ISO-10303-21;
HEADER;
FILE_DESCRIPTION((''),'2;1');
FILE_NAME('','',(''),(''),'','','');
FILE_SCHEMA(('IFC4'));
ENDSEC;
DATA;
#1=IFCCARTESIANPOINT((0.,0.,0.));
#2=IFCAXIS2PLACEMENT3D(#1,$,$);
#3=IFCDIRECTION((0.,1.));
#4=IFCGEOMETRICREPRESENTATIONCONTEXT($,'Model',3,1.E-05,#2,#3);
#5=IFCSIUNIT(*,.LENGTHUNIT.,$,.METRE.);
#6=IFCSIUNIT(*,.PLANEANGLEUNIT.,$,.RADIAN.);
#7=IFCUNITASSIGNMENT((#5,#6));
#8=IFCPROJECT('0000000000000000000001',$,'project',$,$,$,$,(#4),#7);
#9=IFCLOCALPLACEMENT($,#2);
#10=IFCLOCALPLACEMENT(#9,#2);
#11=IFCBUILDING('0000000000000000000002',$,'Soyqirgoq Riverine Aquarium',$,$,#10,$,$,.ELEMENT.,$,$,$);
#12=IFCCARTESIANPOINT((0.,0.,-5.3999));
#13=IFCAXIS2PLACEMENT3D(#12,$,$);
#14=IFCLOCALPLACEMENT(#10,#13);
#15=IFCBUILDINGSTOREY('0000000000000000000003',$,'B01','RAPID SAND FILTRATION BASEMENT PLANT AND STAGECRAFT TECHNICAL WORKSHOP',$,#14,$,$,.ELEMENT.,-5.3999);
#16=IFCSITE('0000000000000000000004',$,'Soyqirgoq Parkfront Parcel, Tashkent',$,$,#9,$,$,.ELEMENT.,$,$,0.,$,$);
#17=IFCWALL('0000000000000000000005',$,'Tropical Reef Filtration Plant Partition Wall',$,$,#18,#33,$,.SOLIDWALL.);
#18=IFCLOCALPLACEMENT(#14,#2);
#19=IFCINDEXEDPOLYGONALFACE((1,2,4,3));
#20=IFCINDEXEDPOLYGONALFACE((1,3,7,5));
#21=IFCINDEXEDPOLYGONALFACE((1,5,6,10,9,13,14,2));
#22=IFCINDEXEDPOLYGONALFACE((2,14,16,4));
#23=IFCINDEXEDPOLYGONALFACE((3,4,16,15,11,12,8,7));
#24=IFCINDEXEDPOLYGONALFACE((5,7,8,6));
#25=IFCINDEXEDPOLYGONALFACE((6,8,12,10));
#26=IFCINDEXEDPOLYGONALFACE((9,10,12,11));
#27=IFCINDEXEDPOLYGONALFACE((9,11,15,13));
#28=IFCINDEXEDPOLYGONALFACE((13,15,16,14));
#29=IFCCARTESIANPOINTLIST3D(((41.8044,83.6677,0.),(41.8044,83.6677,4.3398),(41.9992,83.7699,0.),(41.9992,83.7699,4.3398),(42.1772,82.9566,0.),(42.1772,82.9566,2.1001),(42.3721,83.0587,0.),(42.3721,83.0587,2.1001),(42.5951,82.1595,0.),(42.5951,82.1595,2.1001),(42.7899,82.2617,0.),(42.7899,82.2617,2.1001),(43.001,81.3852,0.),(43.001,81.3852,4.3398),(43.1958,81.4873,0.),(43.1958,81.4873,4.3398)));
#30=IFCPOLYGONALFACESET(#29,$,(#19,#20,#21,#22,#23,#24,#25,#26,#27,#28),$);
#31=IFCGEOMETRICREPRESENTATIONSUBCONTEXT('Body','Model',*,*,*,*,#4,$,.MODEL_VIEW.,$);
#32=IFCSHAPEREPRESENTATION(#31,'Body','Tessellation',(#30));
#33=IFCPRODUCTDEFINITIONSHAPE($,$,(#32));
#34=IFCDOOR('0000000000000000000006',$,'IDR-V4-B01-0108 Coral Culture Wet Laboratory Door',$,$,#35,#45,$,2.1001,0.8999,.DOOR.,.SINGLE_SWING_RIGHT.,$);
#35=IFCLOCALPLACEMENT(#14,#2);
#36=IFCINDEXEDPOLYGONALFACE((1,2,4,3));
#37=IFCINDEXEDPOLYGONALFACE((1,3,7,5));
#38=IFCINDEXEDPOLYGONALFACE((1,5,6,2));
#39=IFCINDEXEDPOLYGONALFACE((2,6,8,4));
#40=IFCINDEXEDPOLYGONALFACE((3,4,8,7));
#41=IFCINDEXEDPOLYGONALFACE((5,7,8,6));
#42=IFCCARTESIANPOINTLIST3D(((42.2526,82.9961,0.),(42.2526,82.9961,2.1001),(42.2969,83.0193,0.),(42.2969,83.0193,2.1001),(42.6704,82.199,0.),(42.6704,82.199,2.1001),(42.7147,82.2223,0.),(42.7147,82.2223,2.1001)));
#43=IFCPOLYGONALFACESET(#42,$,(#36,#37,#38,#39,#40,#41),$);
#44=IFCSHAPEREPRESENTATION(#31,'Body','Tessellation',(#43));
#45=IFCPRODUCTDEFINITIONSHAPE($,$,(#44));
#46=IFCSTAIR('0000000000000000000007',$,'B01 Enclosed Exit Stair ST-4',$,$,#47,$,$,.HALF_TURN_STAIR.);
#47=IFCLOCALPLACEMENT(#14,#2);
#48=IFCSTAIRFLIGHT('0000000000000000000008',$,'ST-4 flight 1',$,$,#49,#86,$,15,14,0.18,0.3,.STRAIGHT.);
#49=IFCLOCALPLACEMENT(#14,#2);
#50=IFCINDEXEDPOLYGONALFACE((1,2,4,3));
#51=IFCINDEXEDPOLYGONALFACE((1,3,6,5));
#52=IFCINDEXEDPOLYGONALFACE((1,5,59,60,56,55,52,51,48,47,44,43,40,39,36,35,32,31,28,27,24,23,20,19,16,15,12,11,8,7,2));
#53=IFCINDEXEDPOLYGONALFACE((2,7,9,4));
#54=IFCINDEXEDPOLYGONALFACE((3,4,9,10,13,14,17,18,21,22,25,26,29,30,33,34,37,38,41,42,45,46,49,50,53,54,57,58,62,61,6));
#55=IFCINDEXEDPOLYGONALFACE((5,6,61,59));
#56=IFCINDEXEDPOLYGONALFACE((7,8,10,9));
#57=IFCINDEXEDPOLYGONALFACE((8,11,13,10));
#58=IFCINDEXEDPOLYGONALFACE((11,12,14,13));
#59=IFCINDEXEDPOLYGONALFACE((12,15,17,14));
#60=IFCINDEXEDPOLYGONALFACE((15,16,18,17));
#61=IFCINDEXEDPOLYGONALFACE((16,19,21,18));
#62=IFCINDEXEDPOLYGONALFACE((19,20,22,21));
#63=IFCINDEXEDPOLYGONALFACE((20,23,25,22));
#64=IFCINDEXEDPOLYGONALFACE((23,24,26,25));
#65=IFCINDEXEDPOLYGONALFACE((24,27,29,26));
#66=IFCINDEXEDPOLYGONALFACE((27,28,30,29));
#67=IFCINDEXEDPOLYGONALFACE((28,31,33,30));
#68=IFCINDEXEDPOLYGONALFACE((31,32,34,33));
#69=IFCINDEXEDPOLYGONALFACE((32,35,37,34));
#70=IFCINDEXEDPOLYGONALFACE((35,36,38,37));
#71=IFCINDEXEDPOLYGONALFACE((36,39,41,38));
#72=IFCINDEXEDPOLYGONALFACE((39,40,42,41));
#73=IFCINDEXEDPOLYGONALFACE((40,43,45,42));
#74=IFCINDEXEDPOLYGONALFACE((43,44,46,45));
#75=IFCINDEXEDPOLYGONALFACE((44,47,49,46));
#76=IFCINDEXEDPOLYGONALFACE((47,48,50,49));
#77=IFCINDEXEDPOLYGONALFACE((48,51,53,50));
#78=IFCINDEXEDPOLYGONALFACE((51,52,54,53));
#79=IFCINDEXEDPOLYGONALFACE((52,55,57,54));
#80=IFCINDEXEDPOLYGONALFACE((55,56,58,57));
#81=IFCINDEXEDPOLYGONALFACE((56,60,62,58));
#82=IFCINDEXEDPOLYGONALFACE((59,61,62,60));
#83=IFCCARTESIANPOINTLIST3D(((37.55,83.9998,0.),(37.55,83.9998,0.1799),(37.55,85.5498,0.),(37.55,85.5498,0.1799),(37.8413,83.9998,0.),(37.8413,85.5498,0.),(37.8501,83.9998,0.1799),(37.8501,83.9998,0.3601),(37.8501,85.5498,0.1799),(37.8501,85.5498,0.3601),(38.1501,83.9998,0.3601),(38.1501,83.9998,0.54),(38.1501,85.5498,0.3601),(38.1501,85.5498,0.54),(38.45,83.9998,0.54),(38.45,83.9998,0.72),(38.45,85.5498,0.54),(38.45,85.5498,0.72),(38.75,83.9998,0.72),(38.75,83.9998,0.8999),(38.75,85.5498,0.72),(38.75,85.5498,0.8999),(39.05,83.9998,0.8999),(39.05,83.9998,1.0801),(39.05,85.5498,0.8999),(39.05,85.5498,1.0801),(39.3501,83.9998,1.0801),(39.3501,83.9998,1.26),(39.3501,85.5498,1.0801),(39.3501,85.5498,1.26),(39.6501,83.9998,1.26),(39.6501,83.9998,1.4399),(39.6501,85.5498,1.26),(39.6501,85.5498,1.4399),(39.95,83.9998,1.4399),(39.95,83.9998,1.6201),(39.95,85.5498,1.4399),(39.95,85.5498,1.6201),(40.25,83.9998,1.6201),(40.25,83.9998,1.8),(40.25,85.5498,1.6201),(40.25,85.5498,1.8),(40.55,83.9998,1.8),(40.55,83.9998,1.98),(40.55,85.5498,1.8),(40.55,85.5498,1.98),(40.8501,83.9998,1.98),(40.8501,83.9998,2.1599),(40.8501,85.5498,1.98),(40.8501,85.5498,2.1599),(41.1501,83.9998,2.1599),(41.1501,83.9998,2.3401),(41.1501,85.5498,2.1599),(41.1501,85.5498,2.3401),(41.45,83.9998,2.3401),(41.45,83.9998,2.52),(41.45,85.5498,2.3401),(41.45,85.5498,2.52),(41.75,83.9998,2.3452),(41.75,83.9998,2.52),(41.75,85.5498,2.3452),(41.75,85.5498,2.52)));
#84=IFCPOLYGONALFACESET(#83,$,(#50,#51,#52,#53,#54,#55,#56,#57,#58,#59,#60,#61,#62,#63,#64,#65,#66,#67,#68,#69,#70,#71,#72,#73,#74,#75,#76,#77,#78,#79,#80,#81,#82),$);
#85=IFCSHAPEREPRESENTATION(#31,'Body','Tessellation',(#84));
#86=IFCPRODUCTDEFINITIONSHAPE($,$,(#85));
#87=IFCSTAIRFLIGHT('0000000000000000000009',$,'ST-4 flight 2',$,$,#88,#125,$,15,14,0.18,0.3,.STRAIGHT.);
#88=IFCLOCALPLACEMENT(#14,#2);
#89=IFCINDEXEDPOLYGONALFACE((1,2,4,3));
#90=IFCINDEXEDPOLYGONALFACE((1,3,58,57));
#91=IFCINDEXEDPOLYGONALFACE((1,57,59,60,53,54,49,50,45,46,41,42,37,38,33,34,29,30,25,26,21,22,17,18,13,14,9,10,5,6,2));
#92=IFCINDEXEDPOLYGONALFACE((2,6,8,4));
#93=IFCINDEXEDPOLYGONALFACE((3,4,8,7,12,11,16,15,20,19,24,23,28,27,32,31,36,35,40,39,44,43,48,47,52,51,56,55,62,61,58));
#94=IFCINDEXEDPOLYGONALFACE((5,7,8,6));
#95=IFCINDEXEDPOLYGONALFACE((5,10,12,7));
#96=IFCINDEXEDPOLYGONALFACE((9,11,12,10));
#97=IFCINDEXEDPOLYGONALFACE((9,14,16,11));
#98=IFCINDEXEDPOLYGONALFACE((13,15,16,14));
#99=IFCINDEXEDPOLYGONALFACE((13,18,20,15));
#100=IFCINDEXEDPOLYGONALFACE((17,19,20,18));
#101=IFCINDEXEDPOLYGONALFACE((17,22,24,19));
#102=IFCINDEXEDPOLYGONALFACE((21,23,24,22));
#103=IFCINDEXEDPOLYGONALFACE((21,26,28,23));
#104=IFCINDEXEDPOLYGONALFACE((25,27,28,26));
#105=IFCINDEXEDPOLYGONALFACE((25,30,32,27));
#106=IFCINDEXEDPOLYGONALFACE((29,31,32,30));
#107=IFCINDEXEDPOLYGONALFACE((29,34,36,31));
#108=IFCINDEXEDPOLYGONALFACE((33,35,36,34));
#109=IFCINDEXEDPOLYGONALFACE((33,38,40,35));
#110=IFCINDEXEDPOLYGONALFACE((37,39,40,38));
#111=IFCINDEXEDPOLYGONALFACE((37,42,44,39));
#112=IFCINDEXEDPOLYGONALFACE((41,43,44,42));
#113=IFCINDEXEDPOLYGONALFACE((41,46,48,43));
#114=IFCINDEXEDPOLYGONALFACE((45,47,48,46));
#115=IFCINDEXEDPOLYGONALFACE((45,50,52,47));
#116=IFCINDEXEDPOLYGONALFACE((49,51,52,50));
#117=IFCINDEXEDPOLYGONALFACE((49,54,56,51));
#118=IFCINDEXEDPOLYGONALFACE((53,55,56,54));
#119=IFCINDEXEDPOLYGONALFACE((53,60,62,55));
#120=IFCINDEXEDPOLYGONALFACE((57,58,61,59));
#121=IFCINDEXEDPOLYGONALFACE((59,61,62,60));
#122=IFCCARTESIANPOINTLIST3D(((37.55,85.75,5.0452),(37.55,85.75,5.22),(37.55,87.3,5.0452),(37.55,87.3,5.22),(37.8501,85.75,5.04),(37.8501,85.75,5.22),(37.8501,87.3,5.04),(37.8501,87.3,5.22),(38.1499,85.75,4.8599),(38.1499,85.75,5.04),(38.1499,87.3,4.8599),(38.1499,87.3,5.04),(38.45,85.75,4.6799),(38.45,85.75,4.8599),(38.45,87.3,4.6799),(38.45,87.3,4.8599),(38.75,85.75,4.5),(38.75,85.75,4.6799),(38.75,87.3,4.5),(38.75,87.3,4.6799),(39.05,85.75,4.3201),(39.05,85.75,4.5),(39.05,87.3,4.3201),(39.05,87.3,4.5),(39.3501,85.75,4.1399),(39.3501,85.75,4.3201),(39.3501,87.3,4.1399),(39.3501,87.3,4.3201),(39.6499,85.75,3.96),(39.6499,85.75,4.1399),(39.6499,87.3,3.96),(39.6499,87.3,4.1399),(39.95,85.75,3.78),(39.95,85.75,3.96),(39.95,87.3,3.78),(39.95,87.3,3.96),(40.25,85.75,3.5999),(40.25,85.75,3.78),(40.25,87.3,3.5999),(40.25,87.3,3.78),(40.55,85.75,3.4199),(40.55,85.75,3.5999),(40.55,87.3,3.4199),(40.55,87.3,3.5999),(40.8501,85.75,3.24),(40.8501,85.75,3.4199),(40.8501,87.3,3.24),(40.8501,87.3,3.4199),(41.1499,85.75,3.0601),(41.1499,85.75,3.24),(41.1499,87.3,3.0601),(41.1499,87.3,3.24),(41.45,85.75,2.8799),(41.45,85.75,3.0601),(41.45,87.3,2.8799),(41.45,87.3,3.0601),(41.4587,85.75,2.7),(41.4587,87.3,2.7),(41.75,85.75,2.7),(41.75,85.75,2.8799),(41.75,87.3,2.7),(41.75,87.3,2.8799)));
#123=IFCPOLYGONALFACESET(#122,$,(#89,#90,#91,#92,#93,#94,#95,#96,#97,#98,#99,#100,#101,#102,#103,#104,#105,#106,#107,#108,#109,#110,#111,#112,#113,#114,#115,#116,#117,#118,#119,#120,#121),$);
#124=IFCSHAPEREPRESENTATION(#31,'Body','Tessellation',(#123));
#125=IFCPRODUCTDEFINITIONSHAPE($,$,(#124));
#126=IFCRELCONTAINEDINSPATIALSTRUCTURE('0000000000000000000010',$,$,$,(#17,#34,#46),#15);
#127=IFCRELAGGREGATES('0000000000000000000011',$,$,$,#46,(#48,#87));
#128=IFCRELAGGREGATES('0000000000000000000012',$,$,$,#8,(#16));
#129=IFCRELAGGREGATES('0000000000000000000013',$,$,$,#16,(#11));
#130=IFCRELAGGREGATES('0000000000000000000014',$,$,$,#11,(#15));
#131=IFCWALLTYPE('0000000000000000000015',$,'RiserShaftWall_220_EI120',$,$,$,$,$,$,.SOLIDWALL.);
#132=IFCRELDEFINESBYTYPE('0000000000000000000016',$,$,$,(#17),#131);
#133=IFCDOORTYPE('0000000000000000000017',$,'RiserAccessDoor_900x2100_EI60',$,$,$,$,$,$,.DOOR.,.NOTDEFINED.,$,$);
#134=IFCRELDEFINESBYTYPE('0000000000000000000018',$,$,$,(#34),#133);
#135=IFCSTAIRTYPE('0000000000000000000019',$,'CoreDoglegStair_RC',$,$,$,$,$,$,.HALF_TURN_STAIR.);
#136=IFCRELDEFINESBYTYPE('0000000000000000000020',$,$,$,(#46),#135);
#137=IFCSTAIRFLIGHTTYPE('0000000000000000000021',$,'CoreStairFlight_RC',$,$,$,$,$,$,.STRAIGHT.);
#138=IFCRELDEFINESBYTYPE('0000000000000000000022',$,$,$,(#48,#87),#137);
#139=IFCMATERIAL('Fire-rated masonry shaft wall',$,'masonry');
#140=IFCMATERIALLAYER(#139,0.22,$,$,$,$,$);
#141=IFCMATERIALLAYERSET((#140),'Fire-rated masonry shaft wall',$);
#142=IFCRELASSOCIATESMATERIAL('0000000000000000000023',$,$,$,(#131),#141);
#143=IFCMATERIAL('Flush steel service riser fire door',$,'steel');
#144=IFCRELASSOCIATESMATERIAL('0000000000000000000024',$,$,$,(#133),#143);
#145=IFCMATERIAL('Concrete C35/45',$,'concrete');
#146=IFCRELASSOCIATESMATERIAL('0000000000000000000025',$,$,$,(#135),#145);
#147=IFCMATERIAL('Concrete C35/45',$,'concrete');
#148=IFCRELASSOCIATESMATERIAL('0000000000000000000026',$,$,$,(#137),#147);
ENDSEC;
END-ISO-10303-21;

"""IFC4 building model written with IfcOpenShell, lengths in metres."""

from ifc_helpers import new_model, si_unit, direction, frame, frame_2d, origin, place, context, subcontext, project, spatial, polyline, rectangle, outline, extrude, material, layer, layer_set, type_object, element, fill, aggregate, save


model = new_model("IFC4")

# Units and contexts
model_context = context("Model", 3, precision=1e-05, world=origin(), true_north=direction((0.0, 1.0)))
body_context = subcontext(model_context, "Body", "Model", "MODEL_VIEW")
ifc_project = project(units=[si_unit("LENGTHUNIT", "METRE"), si_unit("PLANEANGLEUNIT", "RADIAN")], contexts=[model_context])

# Site, building, storey
site_placement = place(None, origin())
site = spatial("IfcSite", under=ifc_project, at=site_placement, Name="Soyqirgoq Parkfront Parcel, Tashkent", CompositionType="ELEMENT", RefElevation=0.0)
building_placement = place(site_placement, origin())
building = spatial("IfcBuilding", under=site, at=building_placement, Name="Soyqirgoq Riverine Aquarium", CompositionType="ELEMENT")
storey_placement = place(building_placement, frame((0.0, 0.0, -5.3999)))
storey = spatial("IfcBuildingStorey", under=building, at=storey_placement, Name="B01", Description="RAPID SAND FILTRATION BASEMENT PLANT AND STAGECRAFT TECHNICAL WORKSHOP", CompositionType="ELEMENT", Elevation=-5.3999)

# Wall, opening, door
ifc_material_1 = material(Name="Fire-rated masonry shaft wall", Category="masonry")
ifc_layer_1 = layer(ifc_material_1, 0.22)
ifc_layer_set_1 = layer_set([ifc_layer_1], Name="Fire-rated masonry shaft wall")
wall_type_1 = type_object("IfcWallType", Name="RiserShaftWall_220_EI120", PredefinedType="SOLIDWALL", material=ifc_layer_set_1)
wall_1_placement = place(storey_placement, frame((43.0984, 81.4363, 0.0), z_axis=(0.0, 0.0, 1.0), x_axis=(-0.464297, 0.885679, 0.0)))
wall_1 = element("IfcWall", 1, at=wall_1_placement, inside=storey, type_object=wall_type_1, Name="Tropical Reef Filtration Plant Partition Wall", PredefinedType="SOLIDWALL", context=body_context, shape_type="SweptSolid", body=[
    extrude(rectangle(XDim=2.5771, YDim=0.22, at=frame_2d((1.2886, 0.0))), origin(), (0.0, 0.0, 1.0), 4.3398),
])
opening_1_placement = place(wall_1_placement, frame((0.8743, 0.0, 0.0)))
opening_1 = element("IfcOpeningElement", 2, at=opening_1_placement, cuts=wall_1, PredefinedType="OPENING", context=body_context, shape_type="SweptSolid", body=[
    extrude(rectangle(XDim=0.8999, YDim=2.1001, at=frame_2d((0.45, 1.05))), frame((0.0, 0.1201, 0.0), z_axis=(0.0, -1.0, 0.0), x_axis=(1.0, 0.0, 0.0)), (0.0, 0.0, 1.0), 0.24),
])
ifc_material_2 = material(Name="Flush steel service riser fire door", Category="steel")
door_type_1 = type_object("IfcDoorType", Name="RiserAccessDoor_900x2100_EI60", OperationType="NOTDEFINED", PredefinedType="DOOR", material=ifc_material_2)
door_1_placement = place(opening_1_placement, origin())
door_1 = element("IfcDoor", 3, at=door_1_placement, inside=storey, type_object=door_type_1, Name="IDR-V4-B01-0108 Coral Culture Wet Laboratory Door", OperationType="SINGLE_SWING_RIGHT", OverallHeight=2.1001, OverallWidth=0.8999, PredefinedType="DOOR", context=body_context, shape_type="SweptSolid", body=[
    extrude(rectangle(XDim=0.8999, YDim=2.1001, at=frame_2d((0.45, 1.05))), frame((0.0, 0.0249, 0.0), z_axis=(0.0, -1.0, 0.0), x_axis=(1.0, 0.0, 0.0)), (0.0, 0.0, 1.0), 0.05),
])
fill(opening_1, door_1)

# Stair, stair flights
ifc_material_3 = material(Name="Concrete C35/45", Category="concrete")
stair_type = type_object("IfcStairType", Name="CoreDoglegStair_RC", PredefinedType="HALF_TURN_STAIR", material=ifc_material_3)
stair_placement = place(storey_placement, origin())
stair = element("IfcStair", 4, at=stair_placement, inside=storey, type_object=stair_type, Name="B01 Enclosed Exit Stair ST-4", PredefinedType="HALF_TURN_STAIR")
ifc_material_4 = material(Name="Concrete C35/45", Category="concrete")
stair_flight_type = type_object("IfcStairFlightType", Name="CoreStairFlight_RC", PredefinedType="STRAIGHT", material=ifc_material_4)
stair_flight_1_placement = place(storey_placement, frame((37.55, 84.7749, 0.0), z_axis=(0.0, 0.0, 1.0), x_axis=(1.0, 0.0, 0.0)))
stair_flight_1 = element("IfcStairFlight", 5, at=stair_flight_1_placement, type_object=stair_flight_type, Name="ST-4 flight 1", NumberOfRisers=15, NumberOfTreads=14, PredefinedType="STRAIGHT", RiserHeight=0.18, TreadLength=0.3, context=body_context, shape_type="SweptSolid", body=[
    extrude(outline(polyline([(0.0, 0.0), (0.0, 0.1799), (0.3, 0.1799), (0.3, 0.3601), (0.6001, 0.3601), (0.6001, 0.54), (0.8999, 0.54), (0.8999, 0.72), (1.2, 0.72), (1.2, 0.8999), (1.5, 0.8999), (1.5, 1.0801), (1.8, 1.0801), (1.8, 1.26), (2.1001, 1.26), (2.1001, 1.4399), (2.3999, 1.4399), (2.3999, 1.6201), (2.7, 1.6201), (2.7, 1.8), (3.0, 1.8), (3.0, 1.98), (3.3, 1.98), (3.3, 2.1599), (3.6001, 2.1599), (3.6001, 2.3401), (3.8999, 2.3401), (3.8999, 2.52), (4.2, 2.52), (4.2, 2.7), (4.2, 2.3452), (0.2913, 0.0), (0.0, 0.0)])), frame((0.0, 0.7749, 0.0), z_axis=(0.0, -1.0, 0.0), x_axis=(1.0, 0.0, 0.0)), (0.0, 0.0, 1.0), 1.55),
])
stair_flight_2_placement = place(storey_placement, frame((41.75, 86.5249, 2.7), z_axis=(0.0, 0.0, 1.0), x_axis=(-1.0, 0.0, 0.0)))
stair_flight_2 = element("IfcStairFlight", 6, at=stair_flight_2_placement, type_object=stair_flight_type, Name="ST-4 flight 2", NumberOfRisers=15, NumberOfTreads=14, PredefinedType="STRAIGHT", RiserHeight=0.18, TreadLength=0.3, context=body_context, shape_type="SweptSolid", body=[
    extrude(outline(polyline([(0.0, 0.0), (0.0, 0.1799), (0.3, 0.1799), (0.3, 0.3601), (0.6001, 0.3601), (0.6001, 0.54), (0.8999, 0.54), (0.8999, 0.72), (1.2, 0.72), (1.2, 0.8999), (1.5, 0.8999), (1.5, 1.0801), (1.8, 1.0801), (1.8, 1.26), (2.1001, 1.26), (2.1001, 1.4399), (2.3999, 1.4399), (2.3999, 1.6201), (2.7, 1.6201), (2.7, 1.8), (3.0, 1.8), (3.0, 1.98), (3.3, 1.98), (3.3, 2.1599), (3.6001, 2.1599), (3.6001, 2.3401), (3.8999, 2.3401), (3.8999, 2.52), (4.2, 2.52), (4.2, 2.7), (4.2, 2.3452), (0.2913, 0.0), (0.0, 0.0)])), frame((0.0, 0.7749, 0.0), z_axis=(0.0, -1.0, 0.0), x_axis=(1.0, 0.0, 0.0)), (0.0, 0.0, 1.0), 1.55),
])
aggregate(stair, [stair_flight_1, stair_flight_2])

save(model, "model.ifc")
